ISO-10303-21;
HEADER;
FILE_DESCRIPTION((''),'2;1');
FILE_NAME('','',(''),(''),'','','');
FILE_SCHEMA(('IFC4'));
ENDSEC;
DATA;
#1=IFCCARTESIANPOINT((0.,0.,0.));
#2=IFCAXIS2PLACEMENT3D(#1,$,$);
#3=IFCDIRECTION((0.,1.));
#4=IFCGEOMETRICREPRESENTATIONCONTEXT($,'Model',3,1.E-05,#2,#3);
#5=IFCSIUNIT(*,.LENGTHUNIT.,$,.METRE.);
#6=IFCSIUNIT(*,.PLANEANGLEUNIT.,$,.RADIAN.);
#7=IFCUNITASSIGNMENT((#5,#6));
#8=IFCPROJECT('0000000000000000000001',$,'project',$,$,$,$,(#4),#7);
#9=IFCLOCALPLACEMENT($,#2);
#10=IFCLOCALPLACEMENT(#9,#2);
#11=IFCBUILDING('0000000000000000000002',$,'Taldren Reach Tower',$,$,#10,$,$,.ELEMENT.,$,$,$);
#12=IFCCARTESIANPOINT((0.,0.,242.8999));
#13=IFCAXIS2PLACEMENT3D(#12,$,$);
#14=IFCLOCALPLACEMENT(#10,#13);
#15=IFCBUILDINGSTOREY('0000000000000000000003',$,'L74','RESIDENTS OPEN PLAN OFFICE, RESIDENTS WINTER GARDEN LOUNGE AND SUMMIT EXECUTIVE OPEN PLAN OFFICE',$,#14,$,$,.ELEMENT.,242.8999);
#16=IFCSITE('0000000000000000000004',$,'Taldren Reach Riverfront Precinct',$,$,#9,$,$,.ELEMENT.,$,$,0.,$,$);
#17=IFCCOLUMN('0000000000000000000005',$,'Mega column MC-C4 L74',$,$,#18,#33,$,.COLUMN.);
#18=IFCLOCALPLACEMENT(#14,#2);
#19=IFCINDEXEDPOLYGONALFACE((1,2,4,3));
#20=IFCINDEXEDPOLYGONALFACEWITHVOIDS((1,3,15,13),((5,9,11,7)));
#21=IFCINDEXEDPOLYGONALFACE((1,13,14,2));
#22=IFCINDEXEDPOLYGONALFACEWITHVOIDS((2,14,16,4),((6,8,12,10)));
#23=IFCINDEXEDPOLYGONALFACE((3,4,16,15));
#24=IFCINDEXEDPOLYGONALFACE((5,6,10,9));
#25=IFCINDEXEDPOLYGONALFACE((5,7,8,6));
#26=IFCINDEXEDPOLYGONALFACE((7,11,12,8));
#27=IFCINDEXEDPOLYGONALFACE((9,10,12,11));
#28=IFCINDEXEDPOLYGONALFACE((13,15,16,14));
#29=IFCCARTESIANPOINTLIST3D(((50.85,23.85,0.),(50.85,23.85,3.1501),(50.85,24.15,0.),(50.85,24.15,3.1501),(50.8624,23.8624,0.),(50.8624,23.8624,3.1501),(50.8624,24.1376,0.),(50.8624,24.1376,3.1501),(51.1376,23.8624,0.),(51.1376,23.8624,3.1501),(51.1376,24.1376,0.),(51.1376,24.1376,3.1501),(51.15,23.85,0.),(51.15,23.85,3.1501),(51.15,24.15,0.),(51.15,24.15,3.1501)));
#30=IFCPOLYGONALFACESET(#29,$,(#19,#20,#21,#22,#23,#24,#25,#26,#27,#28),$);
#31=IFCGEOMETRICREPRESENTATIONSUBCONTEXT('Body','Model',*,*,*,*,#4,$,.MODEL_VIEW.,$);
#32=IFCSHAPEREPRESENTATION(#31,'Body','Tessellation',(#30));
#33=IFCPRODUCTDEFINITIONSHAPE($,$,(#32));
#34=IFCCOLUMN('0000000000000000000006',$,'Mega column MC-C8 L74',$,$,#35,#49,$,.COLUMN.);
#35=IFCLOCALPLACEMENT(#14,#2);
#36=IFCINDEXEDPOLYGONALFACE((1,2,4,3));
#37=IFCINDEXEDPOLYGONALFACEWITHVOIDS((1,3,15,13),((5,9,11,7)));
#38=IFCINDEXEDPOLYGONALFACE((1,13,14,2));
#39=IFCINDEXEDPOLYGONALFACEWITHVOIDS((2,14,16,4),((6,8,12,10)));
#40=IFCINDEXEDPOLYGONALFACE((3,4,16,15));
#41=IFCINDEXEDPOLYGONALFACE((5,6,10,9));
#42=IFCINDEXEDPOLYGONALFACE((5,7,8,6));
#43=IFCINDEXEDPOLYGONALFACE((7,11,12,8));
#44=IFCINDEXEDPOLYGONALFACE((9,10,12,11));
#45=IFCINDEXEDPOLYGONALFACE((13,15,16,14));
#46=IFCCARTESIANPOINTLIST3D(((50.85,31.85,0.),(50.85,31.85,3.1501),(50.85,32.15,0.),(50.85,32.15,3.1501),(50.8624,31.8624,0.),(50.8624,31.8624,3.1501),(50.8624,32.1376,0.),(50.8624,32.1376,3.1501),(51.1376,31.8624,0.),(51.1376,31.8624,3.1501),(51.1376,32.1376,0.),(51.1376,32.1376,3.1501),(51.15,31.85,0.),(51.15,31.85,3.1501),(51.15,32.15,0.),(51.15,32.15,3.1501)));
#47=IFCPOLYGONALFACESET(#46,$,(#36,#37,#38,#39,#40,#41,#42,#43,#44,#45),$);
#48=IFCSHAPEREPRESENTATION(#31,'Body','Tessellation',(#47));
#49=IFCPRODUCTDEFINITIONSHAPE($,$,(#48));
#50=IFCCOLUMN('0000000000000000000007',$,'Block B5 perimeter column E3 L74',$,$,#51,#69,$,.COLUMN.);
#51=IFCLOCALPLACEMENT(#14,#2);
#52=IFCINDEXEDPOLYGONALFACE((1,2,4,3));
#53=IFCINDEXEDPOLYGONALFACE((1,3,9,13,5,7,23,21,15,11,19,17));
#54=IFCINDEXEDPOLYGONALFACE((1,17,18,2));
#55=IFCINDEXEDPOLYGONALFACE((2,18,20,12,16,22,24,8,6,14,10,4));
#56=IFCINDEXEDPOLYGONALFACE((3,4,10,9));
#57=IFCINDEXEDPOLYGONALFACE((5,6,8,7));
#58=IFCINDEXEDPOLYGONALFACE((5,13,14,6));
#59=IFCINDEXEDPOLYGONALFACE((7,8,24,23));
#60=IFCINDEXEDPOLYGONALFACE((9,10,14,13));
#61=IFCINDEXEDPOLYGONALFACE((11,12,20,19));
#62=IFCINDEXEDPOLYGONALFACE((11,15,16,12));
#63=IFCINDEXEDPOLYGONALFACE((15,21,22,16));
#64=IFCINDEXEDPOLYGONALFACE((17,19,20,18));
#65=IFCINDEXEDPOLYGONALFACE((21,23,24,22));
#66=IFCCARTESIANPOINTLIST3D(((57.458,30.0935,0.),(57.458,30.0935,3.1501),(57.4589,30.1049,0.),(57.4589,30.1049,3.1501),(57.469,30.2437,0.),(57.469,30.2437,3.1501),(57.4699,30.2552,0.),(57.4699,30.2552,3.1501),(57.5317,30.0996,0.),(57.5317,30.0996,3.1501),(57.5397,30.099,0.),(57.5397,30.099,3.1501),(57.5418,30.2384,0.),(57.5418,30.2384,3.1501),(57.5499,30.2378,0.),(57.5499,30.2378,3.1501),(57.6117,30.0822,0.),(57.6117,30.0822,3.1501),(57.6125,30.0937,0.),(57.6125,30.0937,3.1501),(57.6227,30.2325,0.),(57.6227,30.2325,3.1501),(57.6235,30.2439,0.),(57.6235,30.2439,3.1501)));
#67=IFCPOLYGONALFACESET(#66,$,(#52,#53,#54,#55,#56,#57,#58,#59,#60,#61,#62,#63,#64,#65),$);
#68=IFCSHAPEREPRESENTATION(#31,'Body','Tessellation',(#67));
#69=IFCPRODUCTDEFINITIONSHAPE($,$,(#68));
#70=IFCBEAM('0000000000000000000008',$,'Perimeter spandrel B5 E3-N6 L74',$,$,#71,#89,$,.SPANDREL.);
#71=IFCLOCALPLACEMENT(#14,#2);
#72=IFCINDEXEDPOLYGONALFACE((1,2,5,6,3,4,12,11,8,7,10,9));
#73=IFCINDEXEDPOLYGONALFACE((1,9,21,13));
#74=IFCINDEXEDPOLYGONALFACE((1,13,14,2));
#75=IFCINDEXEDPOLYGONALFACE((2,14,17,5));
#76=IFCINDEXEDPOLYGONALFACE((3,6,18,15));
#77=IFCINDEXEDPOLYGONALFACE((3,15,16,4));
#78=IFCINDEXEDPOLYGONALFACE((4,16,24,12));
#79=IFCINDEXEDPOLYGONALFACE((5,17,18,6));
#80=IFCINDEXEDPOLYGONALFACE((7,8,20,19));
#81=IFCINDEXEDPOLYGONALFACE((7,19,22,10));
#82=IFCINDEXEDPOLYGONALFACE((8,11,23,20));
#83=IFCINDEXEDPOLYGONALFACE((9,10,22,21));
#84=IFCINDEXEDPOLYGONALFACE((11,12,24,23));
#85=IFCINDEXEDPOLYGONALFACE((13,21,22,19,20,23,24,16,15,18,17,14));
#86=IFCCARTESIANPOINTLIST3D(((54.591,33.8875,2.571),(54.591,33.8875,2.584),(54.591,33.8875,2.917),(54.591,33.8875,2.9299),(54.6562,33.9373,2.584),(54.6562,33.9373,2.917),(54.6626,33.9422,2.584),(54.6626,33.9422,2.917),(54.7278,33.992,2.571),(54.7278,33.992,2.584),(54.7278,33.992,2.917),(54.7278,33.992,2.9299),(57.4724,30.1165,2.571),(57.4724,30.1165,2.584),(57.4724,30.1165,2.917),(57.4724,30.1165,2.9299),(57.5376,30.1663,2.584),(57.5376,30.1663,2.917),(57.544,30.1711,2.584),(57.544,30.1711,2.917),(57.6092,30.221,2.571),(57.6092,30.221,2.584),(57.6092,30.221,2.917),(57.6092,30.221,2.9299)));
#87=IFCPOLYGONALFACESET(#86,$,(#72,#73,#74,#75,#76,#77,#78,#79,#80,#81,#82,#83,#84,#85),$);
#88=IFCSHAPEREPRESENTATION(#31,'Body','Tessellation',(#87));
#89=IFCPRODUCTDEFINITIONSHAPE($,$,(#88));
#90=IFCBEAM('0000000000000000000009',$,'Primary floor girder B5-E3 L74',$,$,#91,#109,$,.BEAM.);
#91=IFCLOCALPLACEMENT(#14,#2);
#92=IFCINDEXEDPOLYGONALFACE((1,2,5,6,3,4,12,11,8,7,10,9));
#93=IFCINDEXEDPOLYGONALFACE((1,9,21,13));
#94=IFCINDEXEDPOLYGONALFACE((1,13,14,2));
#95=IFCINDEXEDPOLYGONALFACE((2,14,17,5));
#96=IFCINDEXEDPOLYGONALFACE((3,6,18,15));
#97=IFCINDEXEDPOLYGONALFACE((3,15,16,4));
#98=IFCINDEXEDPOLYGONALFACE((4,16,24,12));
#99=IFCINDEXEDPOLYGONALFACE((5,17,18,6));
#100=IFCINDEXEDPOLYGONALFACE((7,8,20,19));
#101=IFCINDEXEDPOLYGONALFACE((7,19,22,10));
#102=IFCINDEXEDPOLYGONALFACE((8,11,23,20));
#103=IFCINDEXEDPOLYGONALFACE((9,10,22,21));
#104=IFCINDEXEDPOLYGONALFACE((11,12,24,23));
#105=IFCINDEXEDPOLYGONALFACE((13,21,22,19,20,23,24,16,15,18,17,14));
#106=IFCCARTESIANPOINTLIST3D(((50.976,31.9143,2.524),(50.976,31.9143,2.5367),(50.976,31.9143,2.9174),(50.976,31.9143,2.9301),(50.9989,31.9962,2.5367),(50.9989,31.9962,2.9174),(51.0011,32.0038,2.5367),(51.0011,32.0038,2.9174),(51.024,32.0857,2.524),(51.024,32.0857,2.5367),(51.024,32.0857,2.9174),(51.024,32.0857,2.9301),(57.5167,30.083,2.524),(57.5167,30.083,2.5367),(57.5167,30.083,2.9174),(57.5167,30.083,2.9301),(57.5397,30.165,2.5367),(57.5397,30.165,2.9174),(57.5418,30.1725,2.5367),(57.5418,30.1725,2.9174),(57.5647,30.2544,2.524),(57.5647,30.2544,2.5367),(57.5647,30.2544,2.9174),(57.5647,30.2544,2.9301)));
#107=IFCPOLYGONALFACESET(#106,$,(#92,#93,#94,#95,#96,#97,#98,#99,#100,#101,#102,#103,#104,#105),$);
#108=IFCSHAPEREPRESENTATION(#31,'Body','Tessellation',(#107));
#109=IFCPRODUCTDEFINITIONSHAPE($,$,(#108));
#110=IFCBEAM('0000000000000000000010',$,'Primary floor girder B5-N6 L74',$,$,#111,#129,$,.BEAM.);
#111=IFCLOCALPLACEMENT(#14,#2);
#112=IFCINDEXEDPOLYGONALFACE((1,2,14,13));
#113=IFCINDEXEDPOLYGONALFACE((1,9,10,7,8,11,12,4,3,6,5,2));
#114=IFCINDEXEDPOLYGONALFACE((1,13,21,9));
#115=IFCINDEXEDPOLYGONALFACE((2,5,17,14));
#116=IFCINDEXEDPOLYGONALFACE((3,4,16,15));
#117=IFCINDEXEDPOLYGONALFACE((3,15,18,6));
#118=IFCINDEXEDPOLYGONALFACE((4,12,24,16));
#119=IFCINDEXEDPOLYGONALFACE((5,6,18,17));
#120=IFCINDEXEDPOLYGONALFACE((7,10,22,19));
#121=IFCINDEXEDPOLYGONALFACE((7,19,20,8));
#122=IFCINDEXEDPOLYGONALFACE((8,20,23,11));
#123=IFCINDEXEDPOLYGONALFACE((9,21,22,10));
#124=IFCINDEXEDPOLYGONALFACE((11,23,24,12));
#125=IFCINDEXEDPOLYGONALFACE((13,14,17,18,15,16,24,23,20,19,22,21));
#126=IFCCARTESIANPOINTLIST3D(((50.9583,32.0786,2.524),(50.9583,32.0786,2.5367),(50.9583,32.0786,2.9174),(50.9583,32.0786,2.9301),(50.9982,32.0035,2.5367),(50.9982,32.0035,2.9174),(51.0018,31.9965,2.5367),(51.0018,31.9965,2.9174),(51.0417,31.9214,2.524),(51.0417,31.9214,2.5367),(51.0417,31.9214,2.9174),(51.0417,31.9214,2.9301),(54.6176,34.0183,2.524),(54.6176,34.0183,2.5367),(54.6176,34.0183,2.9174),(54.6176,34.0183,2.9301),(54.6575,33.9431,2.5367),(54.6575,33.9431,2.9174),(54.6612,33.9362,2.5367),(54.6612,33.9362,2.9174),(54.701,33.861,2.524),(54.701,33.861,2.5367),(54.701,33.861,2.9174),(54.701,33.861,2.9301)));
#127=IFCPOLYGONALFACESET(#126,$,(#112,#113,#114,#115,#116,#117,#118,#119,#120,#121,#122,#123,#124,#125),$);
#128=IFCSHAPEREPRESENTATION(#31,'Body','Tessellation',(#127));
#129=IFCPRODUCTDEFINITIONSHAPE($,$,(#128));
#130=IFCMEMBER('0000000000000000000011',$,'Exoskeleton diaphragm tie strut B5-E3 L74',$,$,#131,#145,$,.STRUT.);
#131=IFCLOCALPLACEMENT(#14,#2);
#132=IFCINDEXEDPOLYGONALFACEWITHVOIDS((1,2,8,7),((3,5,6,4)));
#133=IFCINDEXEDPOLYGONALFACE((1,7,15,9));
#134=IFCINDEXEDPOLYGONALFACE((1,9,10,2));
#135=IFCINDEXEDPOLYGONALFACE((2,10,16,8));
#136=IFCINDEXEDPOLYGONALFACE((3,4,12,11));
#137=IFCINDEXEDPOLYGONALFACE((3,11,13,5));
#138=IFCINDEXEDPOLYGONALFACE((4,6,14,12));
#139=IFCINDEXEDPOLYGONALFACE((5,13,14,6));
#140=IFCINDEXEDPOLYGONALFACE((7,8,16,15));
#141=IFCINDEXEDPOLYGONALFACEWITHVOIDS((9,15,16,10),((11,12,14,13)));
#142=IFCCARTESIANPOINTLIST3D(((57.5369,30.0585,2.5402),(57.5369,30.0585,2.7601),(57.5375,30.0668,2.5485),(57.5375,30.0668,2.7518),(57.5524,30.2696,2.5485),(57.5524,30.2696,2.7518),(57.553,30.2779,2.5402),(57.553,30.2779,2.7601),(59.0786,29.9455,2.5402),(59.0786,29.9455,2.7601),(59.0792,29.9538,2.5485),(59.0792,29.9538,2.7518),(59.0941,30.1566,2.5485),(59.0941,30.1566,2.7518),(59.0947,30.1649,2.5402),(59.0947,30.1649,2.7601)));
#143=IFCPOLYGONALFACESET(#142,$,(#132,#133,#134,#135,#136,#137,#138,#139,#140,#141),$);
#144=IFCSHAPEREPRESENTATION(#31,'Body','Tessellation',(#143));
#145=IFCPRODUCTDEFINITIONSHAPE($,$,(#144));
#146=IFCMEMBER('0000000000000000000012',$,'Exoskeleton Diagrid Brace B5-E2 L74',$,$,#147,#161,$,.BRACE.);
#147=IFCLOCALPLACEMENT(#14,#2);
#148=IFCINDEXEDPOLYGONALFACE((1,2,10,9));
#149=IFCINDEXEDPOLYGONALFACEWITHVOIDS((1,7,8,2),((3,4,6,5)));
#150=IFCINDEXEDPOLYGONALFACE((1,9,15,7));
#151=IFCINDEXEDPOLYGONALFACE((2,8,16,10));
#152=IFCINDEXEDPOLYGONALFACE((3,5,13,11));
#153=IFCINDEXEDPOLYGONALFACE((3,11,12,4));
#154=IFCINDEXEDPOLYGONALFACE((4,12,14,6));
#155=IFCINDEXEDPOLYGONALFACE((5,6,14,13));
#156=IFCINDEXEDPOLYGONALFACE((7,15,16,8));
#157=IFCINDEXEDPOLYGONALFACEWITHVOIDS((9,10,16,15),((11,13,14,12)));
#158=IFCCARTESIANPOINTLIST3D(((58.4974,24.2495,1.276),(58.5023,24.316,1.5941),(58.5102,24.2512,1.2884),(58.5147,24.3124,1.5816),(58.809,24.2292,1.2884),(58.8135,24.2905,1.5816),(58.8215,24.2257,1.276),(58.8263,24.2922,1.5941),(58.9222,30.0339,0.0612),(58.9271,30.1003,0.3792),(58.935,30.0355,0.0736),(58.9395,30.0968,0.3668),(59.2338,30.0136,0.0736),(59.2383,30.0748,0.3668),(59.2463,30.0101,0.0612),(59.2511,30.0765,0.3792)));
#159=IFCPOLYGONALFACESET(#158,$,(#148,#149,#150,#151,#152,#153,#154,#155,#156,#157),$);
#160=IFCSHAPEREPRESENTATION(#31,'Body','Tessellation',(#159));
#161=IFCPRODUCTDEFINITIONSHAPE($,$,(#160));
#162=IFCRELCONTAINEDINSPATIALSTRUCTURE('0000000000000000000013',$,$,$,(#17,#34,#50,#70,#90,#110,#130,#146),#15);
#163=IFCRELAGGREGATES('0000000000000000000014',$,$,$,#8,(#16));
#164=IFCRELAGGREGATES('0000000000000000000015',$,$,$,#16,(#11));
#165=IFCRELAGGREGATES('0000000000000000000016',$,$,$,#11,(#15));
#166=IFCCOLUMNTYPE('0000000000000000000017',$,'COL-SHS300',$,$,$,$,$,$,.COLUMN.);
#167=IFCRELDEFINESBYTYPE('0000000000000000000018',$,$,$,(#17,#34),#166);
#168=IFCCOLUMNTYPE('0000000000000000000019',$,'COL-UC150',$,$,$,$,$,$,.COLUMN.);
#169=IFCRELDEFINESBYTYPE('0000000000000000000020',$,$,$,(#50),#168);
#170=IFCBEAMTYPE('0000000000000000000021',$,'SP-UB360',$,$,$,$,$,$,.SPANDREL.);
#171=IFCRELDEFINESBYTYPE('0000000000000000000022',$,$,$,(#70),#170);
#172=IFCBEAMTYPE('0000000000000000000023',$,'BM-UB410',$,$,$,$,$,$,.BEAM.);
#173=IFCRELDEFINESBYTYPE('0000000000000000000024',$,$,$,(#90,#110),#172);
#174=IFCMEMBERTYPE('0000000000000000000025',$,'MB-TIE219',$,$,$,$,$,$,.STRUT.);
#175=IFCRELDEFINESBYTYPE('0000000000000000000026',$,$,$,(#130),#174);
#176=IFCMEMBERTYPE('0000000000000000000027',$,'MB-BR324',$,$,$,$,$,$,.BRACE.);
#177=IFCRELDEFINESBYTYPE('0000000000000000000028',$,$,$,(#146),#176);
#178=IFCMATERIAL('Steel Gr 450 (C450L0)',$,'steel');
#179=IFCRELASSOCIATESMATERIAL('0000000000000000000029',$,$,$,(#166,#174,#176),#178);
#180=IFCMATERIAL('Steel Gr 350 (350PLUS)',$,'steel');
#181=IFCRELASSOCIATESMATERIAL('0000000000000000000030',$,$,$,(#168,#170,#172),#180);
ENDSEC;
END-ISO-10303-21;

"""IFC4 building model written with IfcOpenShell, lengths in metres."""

from ifc_helpers import new_model, si_unit, direction, frame, origin, origin_2d, place, context, subcontext, project, spatial, hollow_rectangle, i_section, extrude, source, transform, mapped, material, material_profile, profile_set, type_object, element, save


model = new_model("IFC4")

# Units and contexts
model_context = context("Model", 3, precision=1e-05, world=origin(), true_north=direction((0.0, 1.0)))
body_context = subcontext(model_context, "Body", "Model", "MODEL_VIEW")
ifc_project = project(units=[si_unit("LENGTHUNIT", "METRE"), si_unit("PLANEANGLEUNIT", "RADIAN")], contexts=[model_context])

# Site, building, storey
site_placement = place(None, origin())
site = spatial("IfcSite", under=ifc_project, at=site_placement, Name="Taldren Reach Riverfront Precinct", CompositionType="ELEMENT", RefElevation=0.0)
building_placement = place(site_placement, origin())
building = spatial("IfcBuilding", under=site, at=building_placement, Name="Taldren Reach Tower", CompositionType="ELEMENT")
storey_placement = place(building_placement, frame((0.0, 0.0, 242.8999)))
storey = spatial("IfcBuildingStorey", under=building, at=storey_placement, Name="L74", Description="RESIDENTS OPEN PLAN OFFICE, RESIDENTS WINTER GARDEN LOUNGE AND SUMMIT EXECUTIVE OPEN PLAN OFFICE", CompositionType="ELEMENT", Elevation=242.8999)

# Columns
ifc_material_1 = material(Name="Steel Gr 450 (C450L0)", Category="steel")
ifc_material_profile_1 = material_profile(ifc_material_1, hollow_rectangle(XDim=0.3, YDim=0.3, WallThickness=0.0125, at=origin_2d()), Name="300x300x12.5SHS")
ifc_profile_set_1 = profile_set([ifc_material_profile_1], Name="Steel Gr 450 (C450L0)")
column_type_1 = type_object("IfcColumnType", Name="COL-SHS300", PredefinedType="COLUMN", material=ifc_profile_set_1)
shared_shape_1 = source(origin(), body_context, "Body", "SweptSolid", [
    extrude(hollow_rectangle(XDim=0.3, YDim=0.3, WallThickness=0.0125, at=origin_2d()), origin(), (0.0, 0.0, 1.0), 3.1501),
])
for number, where, z_axis, x_axis, name in (
    (1, (51.0, 24.0, 0.0), (0.0, 0.0, 1.0), (1.0, 0.0, 0.0), "Mega column MC-C4 L74"),
    (2, (51.0, 32.0, 0.0), (0.0, 0.0, 1.0), (1.0, 0.0, 0.0), "Mega column MC-C8 L74"),
):
    element("IfcColumn", number, at=place(storey_placement, frame(where, z_axis=z_axis, x_axis=x_axis)), inside=storey, type_object=column_type_1, Name=name, PredefinedType="COLUMN", context=body_context, shape_type="MappedRepresentation", body=[
        mapped(shared_shape_1, transform((0.0, 0.0, 0.0), scale=1.0)),
    ])
ifc_material_2 = material(Name="Steel Gr 350 (350PLUS)", Category="steel")
ifc_material_profile_2 = material_profile(ifc_material_2, i_section(OverallWidth=0.1541, OverallDepth=0.1621, WebThickness=0.0081, FlangeThickness=0.0115, at=origin_2d()), Name="150UC37.2")
ifc_profile_set_2 = profile_set([ifc_material_profile_2], Name="Steel Gr 350 (350PLUS)")
column_type_2 = type_object("IfcColumnType", Name="COL-UC150", PredefinedType="COLUMN", material=ifc_profile_set_2)
shared_shape_2 = source(origin(), body_context, "Body", "SweptSolid", [
    extrude(i_section(OverallWidth=0.1541, OverallDepth=0.1621, WebThickness=0.0081, FlangeThickness=0.0115, at=origin_2d()), origin(), (0.0, 0.0, 1.0), 3.1501),
])
column_placement = place(storey_placement, frame((57.5408, 30.1687, 0.0), z_axis=(0.0, 0.0, 1.0), x_axis=(0.997314, -0.073238, 0.0)))
element("IfcColumn", 3, at=column_placement, inside=storey, type_object=column_type_2, Name="Block B5 perimeter column E3 L74", PredefinedType="COLUMN", context=body_context, shape_type="MappedRepresentation", body=[
    mapped(shared_shape_2, transform((0.0, 0.0, 0.0), scale=1.0)),
])

# Beams
ifc_material_profile_3 = material_profile(ifc_material_2, i_section(OverallWidth=0.1721, OverallDepth=0.3589, WebThickness=0.0081, FlangeThickness=0.0129, at=origin_2d()), Name="360UB56.7")
ifc_profile_set_3 = profile_set([ifc_material_profile_3], Name="Steel Gr 350 (350PLUS)")
beam_type_1 = type_object("IfcBeamType", Name="SP-UB360", PredefinedType="SPANDREL", material=ifc_profile_set_3)
shared_shape_3 = source(origin(), body_context, "Body", "SweptSolid", [
    extrude(i_section(OverallWidth=0.1721, OverallDepth=0.3589, WebThickness=0.0081, FlangeThickness=0.0129, at=origin_2d()), origin(), (0.0, 0.0, 1.0), 4.7458),
])
beam_1_placement = place(storey_placement, frame((57.5408, 30.1687, 2.7505), z_axis=(-0.607137, 0.794597, 0.0), x_axis=(-0.794597, -0.607137, 0.0)))
element("IfcBeam", 4, at=beam_1_placement, inside=storey, type_object=beam_type_1, Name="Perimeter spandrel B5 E3-N6 L74", PredefinedType="SPANDREL", context=body_context, shape_type="MappedRepresentation", body=[
    mapped(shared_shape_3, transform((0.0, 0.0, 0.0), scale=1.0)),
])
ifc_material_profile_4 = material_profile(ifc_material_2, i_section(OverallWidth=0.178, OverallDepth=0.406, WebThickness=0.0078, FlangeThickness=0.0127, at=origin_2d()), Name="410UB59.7")
ifc_profile_set_4 = profile_set([ifc_material_profile_4], Name="Steel Gr 350 (350PLUS)")
beam_type_2 = type_object("IfcBeamType", Name="BM-UB410", PredefinedType="BEAM", material=ifc_profile_set_4)
shared_shape_4 = source(origin(), body_context, "Body", "SweptSolid", [
    extrude(i_section(OverallWidth=0.178, OverallDepth=0.406, WebThickness=0.0078, FlangeThickness=0.0127, at=origin_2d()), origin(), (0.0, 0.0, 1.0), 6.7922),
])
beam_2_placement = place(storey_placement, frame((51.0, 32.0, 2.7271), z_axis=(0.962968, -0.269614, 0.0), x_axis=(0.269614, 0.962968, 0.0)))
element("IfcBeam", 5, at=beam_2_placement, inside=storey, type_object=beam_type_2, Name="Primary floor girder B5-E3 L74", PredefinedType="BEAM", context=body_context, shape_type="MappedRepresentation", body=[
    mapped(shared_shape_4, transform((0.0, 0.0, 0.0), scale=1.0)),
])
shared_shape_5 = source(origin(), body_context, "Body", "SweptSolid", [
    extrude(i_section(OverallWidth=0.178, OverallDepth=0.406, WebThickness=0.0078, FlangeThickness=0.0127, at=origin_2d()), origin(), (0.0, 0.0, 1.0), 4.1416),
])
beam_3_placement = place(storey_placement, frame((51.0, 32.0, 2.7271), z_axis=(0.883553, 0.468332, 0.0), x_axis=(-0.468332, 0.883553, 0.0)))
element("IfcBeam", 6, at=beam_3_placement, inside=storey, type_object=beam_type_2, Name="Primary floor girder B5-N6 L74", PredefinedType="BEAM", context=body_context, shape_type="MappedRepresentation", body=[
    mapped(shared_shape_5, transform((0.0, 0.0, 0.0), scale=1.0)),
])

# Members
ifc_material_profile_5 = material_profile(ifc_material_1, hollow_rectangle(XDim=0.22, YDim=0.22, WallThickness=0.0083, at=origin_2d()), Name="220x220x8.2SHS")
ifc_profile_set_5 = profile_set([ifc_material_profile_5], Name="Steel Gr 450 (C450L0)")
member_type_1 = type_object("IfcMemberType", Name="MB-TIE219", PredefinedType="STRUT", material=ifc_profile_set_5)
shared_shape_6 = source(origin(), body_context, "Body", "SweptSolid", [
    extrude(hollow_rectangle(XDim=0.22, YDim=0.22, WallThickness=0.0083, at=origin_2d()), origin(), (0.0, 0.0, 1.0), 1.5459),
])
member_1_placement = place(storey_placement, frame((57.5449, 30.1682, 2.6501), z_axis=(0.997323, -0.073121, 0.0), x_axis=(0.073121, 0.997323, 0.0)))
element("IfcMember", 7, at=member_1_placement, inside=storey, type_object=member_type_1, Name="Exoskeleton diaphragm tie strut B5-E3 L74", PredefinedType="STRUT", context=body_context, shape_type="MappedRepresentation", body=[
    mapped(shared_shape_6, transform((0.0, 0.0, 0.0), scale=1.0)),
])
ifc_material_profile_6 = material_profile(ifc_material_1, hollow_rectangle(XDim=0.325, YDim=0.325, WallThickness=0.0127, at=origin_2d()), Name="325x325x12.7SHS")
ifc_profile_set_6 = profile_set([ifc_material_profile_6], Name="Steel Gr 450 (C450L0)")
member_type_2 = type_object("IfcMemberType", Name="MB-BR324", PredefinedType="BRACE", material=ifc_profile_set_6)
shared_shape_7 = source(origin(), body_context, "Body", "SweptSolid", [
    extrude(hollow_rectangle(XDim=0.325, YDim=0.325, WallThickness=0.0127, at=origin_2d()), origin(), (0.0, 0.0, 1.0), 5.9258),
])
member_2_placement = place(storey_placement, frame((59.0867, 30.0552, 0.2202), z_axis=(-0.071687, -0.976132, 0.205007), x_axis=(0.997314, -0.073242, 0.0)))
element("IfcMember", 8, at=member_2_placement, inside=storey, type_object=member_type_2, Name="Exoskeleton Diagrid Brace B5-E2 L74", PredefinedType="BRACE", context=body_context, shape_type="MappedRepresentation", body=[
    mapped(shared_shape_7, transform((0.0, 0.0, 0.0), scale=1.0)),
])

save(model, "model.ifc")
